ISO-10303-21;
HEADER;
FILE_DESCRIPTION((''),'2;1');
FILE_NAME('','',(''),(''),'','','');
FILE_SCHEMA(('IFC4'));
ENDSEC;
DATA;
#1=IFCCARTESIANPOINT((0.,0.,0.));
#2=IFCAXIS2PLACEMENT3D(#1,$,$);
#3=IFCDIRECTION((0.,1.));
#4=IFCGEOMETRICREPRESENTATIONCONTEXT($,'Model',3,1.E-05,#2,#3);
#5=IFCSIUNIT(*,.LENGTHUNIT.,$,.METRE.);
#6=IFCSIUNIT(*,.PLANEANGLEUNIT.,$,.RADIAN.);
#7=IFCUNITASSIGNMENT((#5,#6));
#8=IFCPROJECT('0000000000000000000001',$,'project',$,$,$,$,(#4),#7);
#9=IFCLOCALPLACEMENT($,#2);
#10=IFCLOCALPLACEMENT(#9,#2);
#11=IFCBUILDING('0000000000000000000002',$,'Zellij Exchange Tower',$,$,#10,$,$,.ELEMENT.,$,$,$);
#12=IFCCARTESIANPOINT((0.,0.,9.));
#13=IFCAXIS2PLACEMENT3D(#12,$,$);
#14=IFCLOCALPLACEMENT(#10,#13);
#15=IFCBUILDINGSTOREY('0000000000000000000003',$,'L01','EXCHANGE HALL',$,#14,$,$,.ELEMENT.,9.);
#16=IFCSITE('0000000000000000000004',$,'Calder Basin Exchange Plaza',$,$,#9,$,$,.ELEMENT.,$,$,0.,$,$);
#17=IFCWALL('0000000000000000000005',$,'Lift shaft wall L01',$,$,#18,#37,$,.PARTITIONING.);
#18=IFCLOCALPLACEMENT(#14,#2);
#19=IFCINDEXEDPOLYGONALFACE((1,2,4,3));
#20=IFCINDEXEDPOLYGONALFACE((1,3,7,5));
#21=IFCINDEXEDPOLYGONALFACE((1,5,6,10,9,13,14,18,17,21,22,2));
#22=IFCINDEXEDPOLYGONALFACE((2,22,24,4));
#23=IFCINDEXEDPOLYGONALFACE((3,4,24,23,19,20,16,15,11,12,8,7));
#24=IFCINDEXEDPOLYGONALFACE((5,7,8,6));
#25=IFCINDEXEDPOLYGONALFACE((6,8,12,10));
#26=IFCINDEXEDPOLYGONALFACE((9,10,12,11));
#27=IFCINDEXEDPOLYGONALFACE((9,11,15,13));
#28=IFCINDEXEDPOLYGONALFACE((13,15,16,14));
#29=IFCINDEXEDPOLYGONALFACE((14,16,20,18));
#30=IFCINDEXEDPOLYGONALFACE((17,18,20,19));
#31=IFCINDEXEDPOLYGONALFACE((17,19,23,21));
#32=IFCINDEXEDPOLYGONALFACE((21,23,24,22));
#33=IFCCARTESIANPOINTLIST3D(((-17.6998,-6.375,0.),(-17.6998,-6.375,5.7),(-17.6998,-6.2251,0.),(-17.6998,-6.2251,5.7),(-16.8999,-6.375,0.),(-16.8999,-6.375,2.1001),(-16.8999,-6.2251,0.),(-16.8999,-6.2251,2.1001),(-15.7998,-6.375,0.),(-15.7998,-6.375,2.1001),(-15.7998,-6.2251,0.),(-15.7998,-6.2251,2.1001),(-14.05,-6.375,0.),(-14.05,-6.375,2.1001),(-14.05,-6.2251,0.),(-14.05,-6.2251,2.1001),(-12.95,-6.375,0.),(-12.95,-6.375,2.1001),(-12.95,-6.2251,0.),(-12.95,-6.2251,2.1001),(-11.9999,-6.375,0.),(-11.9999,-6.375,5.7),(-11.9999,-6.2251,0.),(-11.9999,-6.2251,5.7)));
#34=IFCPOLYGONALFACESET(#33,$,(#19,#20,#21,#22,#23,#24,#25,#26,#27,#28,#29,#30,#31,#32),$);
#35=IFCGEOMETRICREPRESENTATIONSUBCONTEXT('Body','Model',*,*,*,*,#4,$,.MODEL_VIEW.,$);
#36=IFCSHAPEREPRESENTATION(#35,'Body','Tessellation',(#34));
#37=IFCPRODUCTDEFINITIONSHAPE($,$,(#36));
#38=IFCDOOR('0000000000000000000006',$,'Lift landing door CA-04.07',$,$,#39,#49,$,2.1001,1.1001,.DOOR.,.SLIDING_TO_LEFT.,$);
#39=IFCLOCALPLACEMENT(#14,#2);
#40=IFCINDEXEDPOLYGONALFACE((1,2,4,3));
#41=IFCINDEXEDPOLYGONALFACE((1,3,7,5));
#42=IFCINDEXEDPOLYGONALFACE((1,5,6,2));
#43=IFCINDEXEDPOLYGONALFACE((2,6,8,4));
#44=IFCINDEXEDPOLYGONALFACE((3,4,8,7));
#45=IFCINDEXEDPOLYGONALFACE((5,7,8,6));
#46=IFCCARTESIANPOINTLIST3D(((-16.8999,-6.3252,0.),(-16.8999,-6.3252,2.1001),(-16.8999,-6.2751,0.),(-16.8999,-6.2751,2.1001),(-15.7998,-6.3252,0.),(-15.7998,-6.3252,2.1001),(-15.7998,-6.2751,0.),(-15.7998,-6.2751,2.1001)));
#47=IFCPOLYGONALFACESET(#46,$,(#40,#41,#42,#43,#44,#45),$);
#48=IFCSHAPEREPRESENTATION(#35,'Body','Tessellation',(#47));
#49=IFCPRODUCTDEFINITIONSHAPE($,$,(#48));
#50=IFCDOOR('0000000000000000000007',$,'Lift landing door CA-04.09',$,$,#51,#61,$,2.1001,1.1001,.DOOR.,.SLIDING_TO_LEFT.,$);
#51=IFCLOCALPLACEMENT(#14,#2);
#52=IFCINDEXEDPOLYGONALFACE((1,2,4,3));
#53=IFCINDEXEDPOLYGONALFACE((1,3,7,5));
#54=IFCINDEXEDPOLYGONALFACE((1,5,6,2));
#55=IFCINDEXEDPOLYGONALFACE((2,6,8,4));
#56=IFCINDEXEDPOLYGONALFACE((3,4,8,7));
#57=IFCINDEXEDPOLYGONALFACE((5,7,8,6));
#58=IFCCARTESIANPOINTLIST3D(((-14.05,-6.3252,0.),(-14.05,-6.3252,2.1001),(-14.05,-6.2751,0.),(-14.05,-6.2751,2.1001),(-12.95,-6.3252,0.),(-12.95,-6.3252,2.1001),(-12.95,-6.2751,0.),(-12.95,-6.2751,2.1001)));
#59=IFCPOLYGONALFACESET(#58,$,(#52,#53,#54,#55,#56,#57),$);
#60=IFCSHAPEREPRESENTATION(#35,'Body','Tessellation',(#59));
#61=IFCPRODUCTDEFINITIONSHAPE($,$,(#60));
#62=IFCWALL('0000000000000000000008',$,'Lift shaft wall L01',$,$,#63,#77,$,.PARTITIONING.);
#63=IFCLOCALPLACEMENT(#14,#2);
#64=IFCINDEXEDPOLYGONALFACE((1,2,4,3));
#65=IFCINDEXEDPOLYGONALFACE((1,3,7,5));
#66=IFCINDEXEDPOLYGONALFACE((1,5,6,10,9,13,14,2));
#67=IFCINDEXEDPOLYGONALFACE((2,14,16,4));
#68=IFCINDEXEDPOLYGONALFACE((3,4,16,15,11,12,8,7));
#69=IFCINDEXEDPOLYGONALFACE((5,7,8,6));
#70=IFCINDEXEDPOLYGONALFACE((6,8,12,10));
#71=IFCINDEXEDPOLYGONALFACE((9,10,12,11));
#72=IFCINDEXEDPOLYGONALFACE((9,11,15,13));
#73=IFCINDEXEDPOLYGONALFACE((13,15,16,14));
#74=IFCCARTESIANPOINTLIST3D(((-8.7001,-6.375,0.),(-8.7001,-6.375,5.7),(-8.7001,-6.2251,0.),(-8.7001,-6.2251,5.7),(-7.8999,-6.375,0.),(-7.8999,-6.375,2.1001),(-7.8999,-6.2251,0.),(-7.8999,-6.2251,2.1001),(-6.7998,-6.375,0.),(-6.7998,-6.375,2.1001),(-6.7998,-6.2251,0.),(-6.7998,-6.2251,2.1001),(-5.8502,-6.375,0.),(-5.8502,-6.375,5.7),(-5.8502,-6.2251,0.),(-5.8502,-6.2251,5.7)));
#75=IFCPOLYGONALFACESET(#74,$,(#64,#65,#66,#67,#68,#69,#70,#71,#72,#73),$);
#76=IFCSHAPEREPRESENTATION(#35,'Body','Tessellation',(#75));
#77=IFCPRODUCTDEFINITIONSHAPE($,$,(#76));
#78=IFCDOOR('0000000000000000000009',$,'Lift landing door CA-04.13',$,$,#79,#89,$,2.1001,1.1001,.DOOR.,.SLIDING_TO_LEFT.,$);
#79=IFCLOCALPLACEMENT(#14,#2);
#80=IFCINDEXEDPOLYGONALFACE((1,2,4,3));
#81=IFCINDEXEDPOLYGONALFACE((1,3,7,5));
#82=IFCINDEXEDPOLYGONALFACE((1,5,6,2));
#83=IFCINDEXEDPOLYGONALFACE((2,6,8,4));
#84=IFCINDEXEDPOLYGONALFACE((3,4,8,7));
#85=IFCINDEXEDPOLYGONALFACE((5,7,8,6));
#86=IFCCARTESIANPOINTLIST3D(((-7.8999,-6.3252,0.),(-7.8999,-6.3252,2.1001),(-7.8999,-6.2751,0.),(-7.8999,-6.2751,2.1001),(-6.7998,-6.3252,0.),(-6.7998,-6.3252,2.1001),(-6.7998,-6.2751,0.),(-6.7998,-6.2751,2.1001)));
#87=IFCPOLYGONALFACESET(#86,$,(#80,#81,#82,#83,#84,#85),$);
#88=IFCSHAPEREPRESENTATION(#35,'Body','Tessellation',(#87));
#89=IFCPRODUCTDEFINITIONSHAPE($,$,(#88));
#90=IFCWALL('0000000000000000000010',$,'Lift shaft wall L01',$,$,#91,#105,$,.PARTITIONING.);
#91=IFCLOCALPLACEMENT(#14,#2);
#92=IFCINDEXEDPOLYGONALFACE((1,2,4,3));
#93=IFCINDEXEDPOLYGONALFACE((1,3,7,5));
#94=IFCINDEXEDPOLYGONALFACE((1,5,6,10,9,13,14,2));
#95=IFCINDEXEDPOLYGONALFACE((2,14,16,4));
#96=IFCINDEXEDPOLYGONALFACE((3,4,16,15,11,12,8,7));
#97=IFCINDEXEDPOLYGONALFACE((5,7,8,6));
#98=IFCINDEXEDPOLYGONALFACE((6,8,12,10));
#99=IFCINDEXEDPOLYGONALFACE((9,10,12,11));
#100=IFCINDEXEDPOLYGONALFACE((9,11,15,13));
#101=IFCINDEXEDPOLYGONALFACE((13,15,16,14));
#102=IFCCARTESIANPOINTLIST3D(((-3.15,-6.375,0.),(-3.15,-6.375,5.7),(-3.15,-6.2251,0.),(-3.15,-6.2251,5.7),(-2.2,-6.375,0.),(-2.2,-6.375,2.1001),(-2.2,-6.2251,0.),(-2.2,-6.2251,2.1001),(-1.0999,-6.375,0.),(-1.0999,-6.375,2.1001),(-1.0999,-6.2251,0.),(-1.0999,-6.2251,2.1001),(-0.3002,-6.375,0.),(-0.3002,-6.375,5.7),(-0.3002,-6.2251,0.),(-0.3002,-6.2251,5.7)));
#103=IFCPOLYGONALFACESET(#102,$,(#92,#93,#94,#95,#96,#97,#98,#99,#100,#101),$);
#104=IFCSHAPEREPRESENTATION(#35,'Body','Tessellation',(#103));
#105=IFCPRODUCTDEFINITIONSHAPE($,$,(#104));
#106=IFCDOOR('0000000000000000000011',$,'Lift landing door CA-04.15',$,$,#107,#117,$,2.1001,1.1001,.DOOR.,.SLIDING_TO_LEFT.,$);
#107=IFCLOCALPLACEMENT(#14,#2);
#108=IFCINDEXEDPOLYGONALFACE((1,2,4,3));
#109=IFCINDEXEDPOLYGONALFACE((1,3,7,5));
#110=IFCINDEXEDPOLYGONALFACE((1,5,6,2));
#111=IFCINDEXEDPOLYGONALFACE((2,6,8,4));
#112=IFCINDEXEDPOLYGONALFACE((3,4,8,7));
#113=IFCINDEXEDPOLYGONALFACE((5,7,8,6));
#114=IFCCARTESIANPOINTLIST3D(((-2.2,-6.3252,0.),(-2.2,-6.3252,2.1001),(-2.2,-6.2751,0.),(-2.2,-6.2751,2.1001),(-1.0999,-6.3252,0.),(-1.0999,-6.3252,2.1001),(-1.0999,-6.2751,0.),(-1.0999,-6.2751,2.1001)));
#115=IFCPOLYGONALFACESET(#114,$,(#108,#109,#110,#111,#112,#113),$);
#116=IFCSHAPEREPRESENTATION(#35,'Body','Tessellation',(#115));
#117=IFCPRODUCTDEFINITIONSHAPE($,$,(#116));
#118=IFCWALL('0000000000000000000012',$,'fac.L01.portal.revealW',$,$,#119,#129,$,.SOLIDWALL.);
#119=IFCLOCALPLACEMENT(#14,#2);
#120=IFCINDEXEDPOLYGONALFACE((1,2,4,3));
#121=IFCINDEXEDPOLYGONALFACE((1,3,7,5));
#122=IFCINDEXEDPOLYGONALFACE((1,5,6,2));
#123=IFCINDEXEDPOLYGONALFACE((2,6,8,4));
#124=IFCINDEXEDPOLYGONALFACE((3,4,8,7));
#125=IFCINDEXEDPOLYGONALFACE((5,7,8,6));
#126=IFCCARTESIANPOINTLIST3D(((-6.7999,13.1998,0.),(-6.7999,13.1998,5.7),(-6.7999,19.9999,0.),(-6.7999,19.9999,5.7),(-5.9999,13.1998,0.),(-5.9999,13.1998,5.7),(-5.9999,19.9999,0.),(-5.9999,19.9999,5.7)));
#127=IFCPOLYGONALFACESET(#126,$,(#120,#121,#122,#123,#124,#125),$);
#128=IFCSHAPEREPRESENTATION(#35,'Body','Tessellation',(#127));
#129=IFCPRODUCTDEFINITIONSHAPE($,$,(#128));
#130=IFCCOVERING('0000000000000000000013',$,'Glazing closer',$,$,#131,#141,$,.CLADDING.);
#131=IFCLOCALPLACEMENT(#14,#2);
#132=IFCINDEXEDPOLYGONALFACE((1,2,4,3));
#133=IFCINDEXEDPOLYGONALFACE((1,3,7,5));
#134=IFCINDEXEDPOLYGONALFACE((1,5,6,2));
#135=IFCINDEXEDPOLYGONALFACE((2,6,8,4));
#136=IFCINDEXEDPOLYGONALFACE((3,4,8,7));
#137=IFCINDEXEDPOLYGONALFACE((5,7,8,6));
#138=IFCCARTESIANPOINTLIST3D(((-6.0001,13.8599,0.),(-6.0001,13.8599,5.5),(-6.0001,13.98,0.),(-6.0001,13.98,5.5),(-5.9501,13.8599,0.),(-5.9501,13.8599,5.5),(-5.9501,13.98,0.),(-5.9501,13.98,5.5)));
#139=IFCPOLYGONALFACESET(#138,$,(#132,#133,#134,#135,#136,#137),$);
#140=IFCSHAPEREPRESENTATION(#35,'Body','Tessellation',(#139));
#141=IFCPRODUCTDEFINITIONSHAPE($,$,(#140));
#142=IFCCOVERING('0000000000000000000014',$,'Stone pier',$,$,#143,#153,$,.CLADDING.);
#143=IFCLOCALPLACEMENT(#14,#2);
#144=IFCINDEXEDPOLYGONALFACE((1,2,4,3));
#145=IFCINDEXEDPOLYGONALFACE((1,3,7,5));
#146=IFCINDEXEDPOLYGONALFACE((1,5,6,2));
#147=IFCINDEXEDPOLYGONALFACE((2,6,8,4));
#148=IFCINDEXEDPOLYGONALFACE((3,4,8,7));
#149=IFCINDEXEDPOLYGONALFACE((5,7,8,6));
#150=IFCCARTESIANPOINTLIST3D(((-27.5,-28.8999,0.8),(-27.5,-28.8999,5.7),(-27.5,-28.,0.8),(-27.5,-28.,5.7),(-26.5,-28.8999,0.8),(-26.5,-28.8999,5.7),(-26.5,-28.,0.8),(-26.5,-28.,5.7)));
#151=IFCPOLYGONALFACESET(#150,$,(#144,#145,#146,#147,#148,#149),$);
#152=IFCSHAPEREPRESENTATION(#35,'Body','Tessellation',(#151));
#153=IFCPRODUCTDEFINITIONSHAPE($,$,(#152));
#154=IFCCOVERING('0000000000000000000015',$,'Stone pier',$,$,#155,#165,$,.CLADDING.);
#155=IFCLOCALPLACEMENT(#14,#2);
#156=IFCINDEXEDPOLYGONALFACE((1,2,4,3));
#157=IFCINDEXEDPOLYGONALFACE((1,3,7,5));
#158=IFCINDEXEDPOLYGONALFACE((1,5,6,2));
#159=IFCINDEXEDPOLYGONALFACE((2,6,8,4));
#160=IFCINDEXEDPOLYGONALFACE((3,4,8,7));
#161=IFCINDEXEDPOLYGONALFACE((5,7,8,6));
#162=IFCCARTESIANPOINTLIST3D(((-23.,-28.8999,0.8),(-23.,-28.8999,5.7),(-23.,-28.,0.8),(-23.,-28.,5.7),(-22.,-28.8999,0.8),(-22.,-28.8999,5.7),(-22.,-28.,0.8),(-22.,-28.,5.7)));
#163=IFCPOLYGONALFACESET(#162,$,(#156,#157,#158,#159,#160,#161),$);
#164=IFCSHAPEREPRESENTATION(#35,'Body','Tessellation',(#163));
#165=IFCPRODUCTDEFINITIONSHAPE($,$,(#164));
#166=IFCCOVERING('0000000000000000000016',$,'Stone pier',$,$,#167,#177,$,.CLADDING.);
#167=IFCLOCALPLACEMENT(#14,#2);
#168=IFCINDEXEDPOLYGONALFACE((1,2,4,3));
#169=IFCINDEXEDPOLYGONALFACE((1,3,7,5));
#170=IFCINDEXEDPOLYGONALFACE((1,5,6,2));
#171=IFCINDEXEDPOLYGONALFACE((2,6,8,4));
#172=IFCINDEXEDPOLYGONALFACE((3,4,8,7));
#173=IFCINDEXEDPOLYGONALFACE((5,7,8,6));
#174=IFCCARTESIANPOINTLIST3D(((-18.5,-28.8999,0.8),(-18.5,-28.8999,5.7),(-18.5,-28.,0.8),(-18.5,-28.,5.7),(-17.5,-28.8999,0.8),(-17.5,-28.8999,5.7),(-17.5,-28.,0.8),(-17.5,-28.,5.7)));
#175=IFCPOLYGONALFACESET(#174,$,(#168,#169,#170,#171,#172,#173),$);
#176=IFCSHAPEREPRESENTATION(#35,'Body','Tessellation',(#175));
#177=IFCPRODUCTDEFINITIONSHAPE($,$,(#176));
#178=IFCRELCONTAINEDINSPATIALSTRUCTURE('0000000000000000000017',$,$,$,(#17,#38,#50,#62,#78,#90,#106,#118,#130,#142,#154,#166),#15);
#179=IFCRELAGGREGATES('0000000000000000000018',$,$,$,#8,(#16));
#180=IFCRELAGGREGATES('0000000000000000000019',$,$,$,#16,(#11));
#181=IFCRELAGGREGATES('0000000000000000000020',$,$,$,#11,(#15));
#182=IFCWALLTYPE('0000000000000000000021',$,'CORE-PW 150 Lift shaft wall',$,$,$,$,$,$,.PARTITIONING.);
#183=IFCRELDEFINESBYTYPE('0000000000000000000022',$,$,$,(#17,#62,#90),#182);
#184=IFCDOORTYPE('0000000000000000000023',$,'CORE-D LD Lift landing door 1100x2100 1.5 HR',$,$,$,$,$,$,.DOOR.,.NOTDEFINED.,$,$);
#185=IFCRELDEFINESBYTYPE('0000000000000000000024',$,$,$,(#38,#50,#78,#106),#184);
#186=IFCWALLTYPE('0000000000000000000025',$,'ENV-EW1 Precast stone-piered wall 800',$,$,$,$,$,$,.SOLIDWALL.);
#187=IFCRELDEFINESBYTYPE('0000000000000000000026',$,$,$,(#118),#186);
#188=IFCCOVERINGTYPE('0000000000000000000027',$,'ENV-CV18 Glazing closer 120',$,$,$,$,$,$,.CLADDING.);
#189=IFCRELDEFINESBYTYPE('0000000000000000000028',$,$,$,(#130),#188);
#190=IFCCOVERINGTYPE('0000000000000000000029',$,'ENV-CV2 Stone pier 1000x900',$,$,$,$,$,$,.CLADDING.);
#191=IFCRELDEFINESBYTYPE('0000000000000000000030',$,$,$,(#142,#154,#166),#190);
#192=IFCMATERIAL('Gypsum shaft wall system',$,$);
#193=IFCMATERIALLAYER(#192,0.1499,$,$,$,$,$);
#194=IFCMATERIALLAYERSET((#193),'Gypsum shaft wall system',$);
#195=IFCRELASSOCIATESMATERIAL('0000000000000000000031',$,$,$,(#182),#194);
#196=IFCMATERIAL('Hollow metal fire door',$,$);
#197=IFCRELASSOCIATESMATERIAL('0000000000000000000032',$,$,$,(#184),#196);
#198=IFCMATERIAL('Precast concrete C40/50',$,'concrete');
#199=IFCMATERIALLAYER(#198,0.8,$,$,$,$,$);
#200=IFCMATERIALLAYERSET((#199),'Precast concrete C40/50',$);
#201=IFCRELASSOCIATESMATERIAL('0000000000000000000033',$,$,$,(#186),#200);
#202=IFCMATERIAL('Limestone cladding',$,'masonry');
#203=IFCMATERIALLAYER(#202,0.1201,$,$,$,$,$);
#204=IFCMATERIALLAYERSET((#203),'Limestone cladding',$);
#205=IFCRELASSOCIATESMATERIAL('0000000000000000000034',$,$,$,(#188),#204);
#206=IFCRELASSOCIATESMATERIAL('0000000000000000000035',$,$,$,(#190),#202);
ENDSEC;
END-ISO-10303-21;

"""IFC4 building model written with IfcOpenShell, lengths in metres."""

from ifc_helpers import new_model, si_unit, direction, frame, frame_2d, origin, origin_2d, place, context, subcontext, project, spatial, polyline, rectangle, outline, extrude, material, layer, layer_set, type_object, element, fill, save


model = new_model("IFC4")

# Units and contexts
model_context = context("Model", 3, precision=1e-05, world=origin(), true_north=direction((0.0, 1.0)))
body_context = subcontext(model_context, "Body", "Model", "MODEL_VIEW")
ifc_project = project(units=[si_unit("LENGTHUNIT", "METRE"), si_unit("PLANEANGLEUNIT", "RADIAN")], contexts=[model_context])

# Site, building, storey
site_placement = place(None, origin())
site = spatial("IfcSite", under=ifc_project, at=site_placement, Name="Calder Basin Exchange Plaza", CompositionType="ELEMENT", RefElevation=0.0)
building_placement = place(site_placement, origin())
building = spatial("IfcBuilding", under=site, at=building_placement, Name="Zellij Exchange Tower", CompositionType="ELEMENT")
storey_placement = place(building_placement, frame((0.0, 0.0, 9.0)))
storey = spatial("IfcBuildingStorey", under=building, at=storey_placement, Name="L01", Description="EXCHANGE HALL", CompositionType="ELEMENT", Elevation=9.0)

# Shared definitions
ifc_material_1 = material(Name="Gypsum shaft wall system")
ifc_layer_1 = layer(ifc_material_1, 0.1499)
ifc_layer_set_1 = layer_set([ifc_layer_1], Name="Gypsum shaft wall system")
wall_type_1 = type_object("IfcWallType", Name="CORE-PW 150 Lift shaft wall", PredefinedType="PARTITIONING", material=ifc_layer_set_1)

# Wall, openings, doors
wall_1_placement = place(storey_placement, frame((-17.7, -6.3, 0.0), z_axis=(0.0, 0.0, 1.0), x_axis=(1.0, 0.0, 0.0)))
wall_1 = element("IfcWall", 1, at=wall_1_placement, inside=storey, type_object=wall_type_1, Name="Lift shaft wall L01", PredefinedType="PARTITIONING", context=body_context, shape_type="SweptSolid", body=[
    extrude(rectangle(XDim=5.7, YDim=0.1499, at=frame_2d((2.8501, 0.0))), origin(), (0.0, 0.0, 1.0), 5.7),
])
opening_1_placement = place(wall_1_placement, frame((0.8, 0.0, 0.0)))
opening_1 = element("IfcOpeningElement", 2, at=opening_1_placement, cuts=wall_1, PredefinedType="OPENING", context=body_context, shape_type="SweptSolid", body=[
    extrude(rectangle(XDim=1.1001, YDim=2.1001, at=frame_2d((0.55, 1.05))), frame((0.0, 0.0869, 0.0), z_axis=(0.0, -1.0, 0.0), x_axis=(1.0, 0.0, 0.0)), (0.0, 0.0, 1.0), 0.1738),
])
opening_2_placement = place(wall_1_placement, frame((3.6499, 0.0, 0.0)))
opening_2 = element("IfcOpeningElement", 3, at=opening_2_placement, cuts=wall_1, PredefinedType="OPENING", context=body_context, shape_type="SweptSolid", body=[
    extrude(rectangle(XDim=1.1001, YDim=2.1001, at=frame_2d((0.55, 1.05))), frame((0.0, 0.0869, 0.0), z_axis=(0.0, -1.0, 0.0), x_axis=(1.0, 0.0, 0.0)), (0.0, 0.0, 1.0), 0.1738),
])
ifc_material_2 = material(Name="Hollow metal fire door")
door_type = type_object("IfcDoorType", Name="CORE-D LD Lift landing door 1100x2100 1.5 HR", OperationType="NOTDEFINED", PredefinedType="DOOR", material=ifc_material_2)
door_1_placement = place(opening_1_placement, origin())
door_1 = element("IfcDoor", 4, at=door_1_placement, inside=storey, type_object=door_type, Name="Lift landing door CA-04.07", OperationType="SLIDING_TO_LEFT", OverallHeight=2.1001, OverallWidth=1.1001, PredefinedType="DOOR", context=body_context, shape_type="SweptSolid", body=[
    extrude(rectangle(XDim=1.1001, YDim=2.1001, at=frame_2d((0.55, 1.05))), frame((0.0, 0.0249, 0.0), z_axis=(0.0, -1.0, 0.0), x_axis=(1.0, 0.0, 0.0)), (0.0, 0.0, 1.0), 0.05),
])
fill(opening_1, door_1)
door_2_placement = place(opening_2_placement, origin())
door_2 = element("IfcDoor", 5, at=door_2_placement, inside=storey, type_object=door_type, Name="Lift landing door CA-04.09", OperationType="SLIDING_TO_LEFT", OverallHeight=2.1001, OverallWidth=1.1001, PredefinedType="DOOR", context=body_context, shape_type="SweptSolid", body=[
    extrude(rectangle(XDim=1.1001, YDim=2.1001, at=frame_2d((0.55, 1.05))), frame((0.0, 0.0249, 0.0), z_axis=(0.0, -1.0, 0.0), x_axis=(1.0, 0.0, 0.0)), (0.0, 0.0, 1.0), 0.05),
])
fill(opening_2, door_2)

# Walls, openings, doors
wall_2_placement = place(storey_placement, frame((-8.7, -6.3, 0.0), z_axis=(0.0, 0.0, 1.0), x_axis=(1.0, 0.0, 0.0)))
wall_2 = element("IfcWall", 6, at=wall_2_placement, inside=storey, type_object=wall_type_1, Name="Lift shaft wall L01", PredefinedType="PARTITIONING", context=body_context, shape_type="SweptSolid", body=[
    extrude(rectangle(XDim=2.8499, YDim=0.1499, at=frame_2d((1.4248, 0.0))), origin(), (0.0, 0.0, 1.0), 5.7),
])
opening_3_placement = place(wall_2_placement, frame((0.8, 0.0, 0.0)))
opening_3 = element("IfcOpeningElement", 7, at=opening_3_placement, cuts=wall_2, PredefinedType="OPENING", context=body_context, shape_type="SweptSolid", body=[
    extrude(rectangle(XDim=1.1001, YDim=2.1001, at=frame_2d((0.55, 1.05))), frame((0.0, 0.0869, 0.0), z_axis=(0.0, -1.0, 0.0), x_axis=(1.0, 0.0, 0.0)), (0.0, 0.0, 1.0), 0.1738),
])
door_3_placement = place(opening_3_placement, origin())
door_3 = element("IfcDoor", 8, at=door_3_placement, inside=storey, type_object=door_type, Name="Lift landing door CA-04.13", OperationType="SLIDING_TO_LEFT", OverallHeight=2.1001, OverallWidth=1.1001, PredefinedType="DOOR", context=body_context, shape_type="SweptSolid", body=[
    extrude(rectangle(XDim=1.1001, YDim=2.1001, at=frame_2d((0.55, 1.05))), frame((0.0, 0.0249, 0.0), z_axis=(0.0, -1.0, 0.0), x_axis=(1.0, 0.0, 0.0)), (0.0, 0.0, 1.0), 0.05),
])
fill(opening_3, door_3)
wall_3_placement = place(storey_placement, frame((-3.1499, -6.3, 0.0), z_axis=(0.0, 0.0, 1.0), x_axis=(1.0, 0.0, 0.0)))
wall_3 = element("IfcWall", 9, at=wall_3_placement, inside=storey, type_object=wall_type_1, Name="Lift shaft wall L01", PredefinedType="PARTITIONING", context=body_context, shape_type="SweptSolid", body=[
    extrude(rectangle(XDim=2.8499, YDim=0.1499, at=frame_2d((1.4248, 0.0))), origin(), (0.0, 0.0, 1.0), 5.7),
])
opening_4_placement = place(wall_3_placement, frame((0.95, 0.0, 0.0)))
opening_4 = element("IfcOpeningElement", 10, at=opening_4_placement, cuts=wall_3, PredefinedType="OPENING", context=body_context, shape_type="SweptSolid", body=[
    extrude(rectangle(XDim=1.1001, YDim=2.1001, at=frame_2d((0.55, 1.05))), frame((0.0, 0.0869, 0.0), z_axis=(0.0, -1.0, 0.0), x_axis=(1.0, 0.0, 0.0)), (0.0, 0.0, 1.0), 0.1738),
])
door_4_placement = place(opening_4_placement, origin())
door_4 = element("IfcDoor", 11, at=door_4_placement, inside=storey, type_object=door_type, Name="Lift landing door CA-04.15", OperationType="SLIDING_TO_LEFT", OverallHeight=2.1001, OverallWidth=1.1001, PredefinedType="DOOR", context=body_context, shape_type="SweptSolid", body=[
    extrude(rectangle(XDim=1.1001, YDim=2.1001, at=frame_2d((0.55, 1.05))), frame((0.0, 0.0249, 0.0), z_axis=(0.0, -1.0, 0.0), x_axis=(1.0, 0.0, 0.0)), (0.0, 0.0, 1.0), 0.05),
])
fill(opening_4, door_4)

# Wall
ifc_material_3 = material(Name="Precast concrete C40/50", Category="concrete")
ifc_layer_2 = layer(ifc_material_3, 0.8)
ifc_layer_set_2 = layer_set([ifc_layer_2], Name="Precast concrete C40/50")
wall_type_2 = type_object("IfcWallType", Name="ENV-EW1 Precast stone-piered wall 800", PredefinedType="SOLIDWALL", material=ifc_layer_set_2)
wall_4_placement = place(storey_placement, frame((-6.3999, 13.2, 0.0), z_axis=(0.0, 0.0, 1.0), x_axis=(0.0, 1.0, 0.0)))
element("IfcWall", 12, at=wall_4_placement, inside=storey, type_object=wall_type_2, Name="fac.L01.portal.revealW", PredefinedType="SOLIDWALL", context=body_context, shape_type="SweptSolid", body=[
    extrude(rectangle(XDim=6.8, YDim=0.8, at=frame_2d((3.3999, 0.0))), origin(), (0.0, 0.0, 1.0), 5.7),
])

# Coverings
ifc_material_4 = material(Name="Limestone cladding", Category="masonry")
ifc_layer_3 = layer(ifc_material_4, 0.1201)
ifc_layer_set_3 = layer_set([ifc_layer_3], Name="Limestone cladding")
covering_type_1 = type_object("IfcCoveringType", Name="ENV-CV18 Glazing closer 120", PredefinedType="CLADDING", material=ifc_layer_set_3)
covering_1_placement = place(storey_placement, frame((-5.9751, 13.9199, 0.0), z_axis=(0.0, 0.0, 1.0), x_axis=(-1.0, 0.0, 0.0)))
element("IfcCovering", 13, at=covering_1_placement, inside=storey, type_object=covering_type_1, Name="Glazing closer", PredefinedType="CLADDING", context=body_context, shape_type="SweptSolid", body=[
    extrude(rectangle(XDim=0.05, YDim=0.1201, at=origin_2d()), origin(), (0.0, 0.0, 1.0), 5.5),
])
covering_type_2 = type_object("IfcCoveringType", Name="ENV-CV2 Stone pier 1000x900", PredefinedType="CLADDING", material=ifc_material_4)
covering_2_placement = place(storey_placement, frame((0.0, 0.0, 0.8)))
element("IfcCovering", 14, at=covering_2_placement, inside=storey, type_object=covering_type_2, Name="Stone pier", PredefinedType="CLADDING", context=body_context, shape_type="SweptSolid", body=[
    extrude(outline(polyline([(-27.5, -28.0), (-26.5, -28.0), (-26.5, -28.8999), (-27.5, -28.8999), (-27.5, -28.0)])), origin(), (0.0, 0.0, 1.0), 4.8999),
])
covering_3_placement = place(storey_placement, frame((0.0, 0.0, 0.8)))
element("IfcCovering", 15, at=covering_3_placement, inside=storey, type_object=covering_type_2, Name="Stone pier", PredefinedType="CLADDING", context=body_context, shape_type="SweptSolid", body=[
    extrude(outline(polyline([(-23.0, -28.0), (-22.0, -28.0), (-22.0, -28.8999), (-23.0, -28.8999), (-23.0, -28.0)])), origin(), (0.0, 0.0, 1.0), 4.8999),
])
covering_4_placement = place(storey_placement, frame((0.0, 0.0, 0.8)))
element("IfcCovering", 16, at=covering_4_placement, inside=storey, type_object=covering_type_2, Name="Stone pier", PredefinedType="CLADDING", context=body_context, shape_type="SweptSolid", body=[
    extrude(outline(polyline([(-18.5, -28.0), (-17.5, -28.0), (-17.5, -28.8999), (-18.5, -28.8999), (-18.5, -28.0)])), origin(), (0.0, 0.0, 1.0), 4.8999),
])

save(model, "model.ifc")
